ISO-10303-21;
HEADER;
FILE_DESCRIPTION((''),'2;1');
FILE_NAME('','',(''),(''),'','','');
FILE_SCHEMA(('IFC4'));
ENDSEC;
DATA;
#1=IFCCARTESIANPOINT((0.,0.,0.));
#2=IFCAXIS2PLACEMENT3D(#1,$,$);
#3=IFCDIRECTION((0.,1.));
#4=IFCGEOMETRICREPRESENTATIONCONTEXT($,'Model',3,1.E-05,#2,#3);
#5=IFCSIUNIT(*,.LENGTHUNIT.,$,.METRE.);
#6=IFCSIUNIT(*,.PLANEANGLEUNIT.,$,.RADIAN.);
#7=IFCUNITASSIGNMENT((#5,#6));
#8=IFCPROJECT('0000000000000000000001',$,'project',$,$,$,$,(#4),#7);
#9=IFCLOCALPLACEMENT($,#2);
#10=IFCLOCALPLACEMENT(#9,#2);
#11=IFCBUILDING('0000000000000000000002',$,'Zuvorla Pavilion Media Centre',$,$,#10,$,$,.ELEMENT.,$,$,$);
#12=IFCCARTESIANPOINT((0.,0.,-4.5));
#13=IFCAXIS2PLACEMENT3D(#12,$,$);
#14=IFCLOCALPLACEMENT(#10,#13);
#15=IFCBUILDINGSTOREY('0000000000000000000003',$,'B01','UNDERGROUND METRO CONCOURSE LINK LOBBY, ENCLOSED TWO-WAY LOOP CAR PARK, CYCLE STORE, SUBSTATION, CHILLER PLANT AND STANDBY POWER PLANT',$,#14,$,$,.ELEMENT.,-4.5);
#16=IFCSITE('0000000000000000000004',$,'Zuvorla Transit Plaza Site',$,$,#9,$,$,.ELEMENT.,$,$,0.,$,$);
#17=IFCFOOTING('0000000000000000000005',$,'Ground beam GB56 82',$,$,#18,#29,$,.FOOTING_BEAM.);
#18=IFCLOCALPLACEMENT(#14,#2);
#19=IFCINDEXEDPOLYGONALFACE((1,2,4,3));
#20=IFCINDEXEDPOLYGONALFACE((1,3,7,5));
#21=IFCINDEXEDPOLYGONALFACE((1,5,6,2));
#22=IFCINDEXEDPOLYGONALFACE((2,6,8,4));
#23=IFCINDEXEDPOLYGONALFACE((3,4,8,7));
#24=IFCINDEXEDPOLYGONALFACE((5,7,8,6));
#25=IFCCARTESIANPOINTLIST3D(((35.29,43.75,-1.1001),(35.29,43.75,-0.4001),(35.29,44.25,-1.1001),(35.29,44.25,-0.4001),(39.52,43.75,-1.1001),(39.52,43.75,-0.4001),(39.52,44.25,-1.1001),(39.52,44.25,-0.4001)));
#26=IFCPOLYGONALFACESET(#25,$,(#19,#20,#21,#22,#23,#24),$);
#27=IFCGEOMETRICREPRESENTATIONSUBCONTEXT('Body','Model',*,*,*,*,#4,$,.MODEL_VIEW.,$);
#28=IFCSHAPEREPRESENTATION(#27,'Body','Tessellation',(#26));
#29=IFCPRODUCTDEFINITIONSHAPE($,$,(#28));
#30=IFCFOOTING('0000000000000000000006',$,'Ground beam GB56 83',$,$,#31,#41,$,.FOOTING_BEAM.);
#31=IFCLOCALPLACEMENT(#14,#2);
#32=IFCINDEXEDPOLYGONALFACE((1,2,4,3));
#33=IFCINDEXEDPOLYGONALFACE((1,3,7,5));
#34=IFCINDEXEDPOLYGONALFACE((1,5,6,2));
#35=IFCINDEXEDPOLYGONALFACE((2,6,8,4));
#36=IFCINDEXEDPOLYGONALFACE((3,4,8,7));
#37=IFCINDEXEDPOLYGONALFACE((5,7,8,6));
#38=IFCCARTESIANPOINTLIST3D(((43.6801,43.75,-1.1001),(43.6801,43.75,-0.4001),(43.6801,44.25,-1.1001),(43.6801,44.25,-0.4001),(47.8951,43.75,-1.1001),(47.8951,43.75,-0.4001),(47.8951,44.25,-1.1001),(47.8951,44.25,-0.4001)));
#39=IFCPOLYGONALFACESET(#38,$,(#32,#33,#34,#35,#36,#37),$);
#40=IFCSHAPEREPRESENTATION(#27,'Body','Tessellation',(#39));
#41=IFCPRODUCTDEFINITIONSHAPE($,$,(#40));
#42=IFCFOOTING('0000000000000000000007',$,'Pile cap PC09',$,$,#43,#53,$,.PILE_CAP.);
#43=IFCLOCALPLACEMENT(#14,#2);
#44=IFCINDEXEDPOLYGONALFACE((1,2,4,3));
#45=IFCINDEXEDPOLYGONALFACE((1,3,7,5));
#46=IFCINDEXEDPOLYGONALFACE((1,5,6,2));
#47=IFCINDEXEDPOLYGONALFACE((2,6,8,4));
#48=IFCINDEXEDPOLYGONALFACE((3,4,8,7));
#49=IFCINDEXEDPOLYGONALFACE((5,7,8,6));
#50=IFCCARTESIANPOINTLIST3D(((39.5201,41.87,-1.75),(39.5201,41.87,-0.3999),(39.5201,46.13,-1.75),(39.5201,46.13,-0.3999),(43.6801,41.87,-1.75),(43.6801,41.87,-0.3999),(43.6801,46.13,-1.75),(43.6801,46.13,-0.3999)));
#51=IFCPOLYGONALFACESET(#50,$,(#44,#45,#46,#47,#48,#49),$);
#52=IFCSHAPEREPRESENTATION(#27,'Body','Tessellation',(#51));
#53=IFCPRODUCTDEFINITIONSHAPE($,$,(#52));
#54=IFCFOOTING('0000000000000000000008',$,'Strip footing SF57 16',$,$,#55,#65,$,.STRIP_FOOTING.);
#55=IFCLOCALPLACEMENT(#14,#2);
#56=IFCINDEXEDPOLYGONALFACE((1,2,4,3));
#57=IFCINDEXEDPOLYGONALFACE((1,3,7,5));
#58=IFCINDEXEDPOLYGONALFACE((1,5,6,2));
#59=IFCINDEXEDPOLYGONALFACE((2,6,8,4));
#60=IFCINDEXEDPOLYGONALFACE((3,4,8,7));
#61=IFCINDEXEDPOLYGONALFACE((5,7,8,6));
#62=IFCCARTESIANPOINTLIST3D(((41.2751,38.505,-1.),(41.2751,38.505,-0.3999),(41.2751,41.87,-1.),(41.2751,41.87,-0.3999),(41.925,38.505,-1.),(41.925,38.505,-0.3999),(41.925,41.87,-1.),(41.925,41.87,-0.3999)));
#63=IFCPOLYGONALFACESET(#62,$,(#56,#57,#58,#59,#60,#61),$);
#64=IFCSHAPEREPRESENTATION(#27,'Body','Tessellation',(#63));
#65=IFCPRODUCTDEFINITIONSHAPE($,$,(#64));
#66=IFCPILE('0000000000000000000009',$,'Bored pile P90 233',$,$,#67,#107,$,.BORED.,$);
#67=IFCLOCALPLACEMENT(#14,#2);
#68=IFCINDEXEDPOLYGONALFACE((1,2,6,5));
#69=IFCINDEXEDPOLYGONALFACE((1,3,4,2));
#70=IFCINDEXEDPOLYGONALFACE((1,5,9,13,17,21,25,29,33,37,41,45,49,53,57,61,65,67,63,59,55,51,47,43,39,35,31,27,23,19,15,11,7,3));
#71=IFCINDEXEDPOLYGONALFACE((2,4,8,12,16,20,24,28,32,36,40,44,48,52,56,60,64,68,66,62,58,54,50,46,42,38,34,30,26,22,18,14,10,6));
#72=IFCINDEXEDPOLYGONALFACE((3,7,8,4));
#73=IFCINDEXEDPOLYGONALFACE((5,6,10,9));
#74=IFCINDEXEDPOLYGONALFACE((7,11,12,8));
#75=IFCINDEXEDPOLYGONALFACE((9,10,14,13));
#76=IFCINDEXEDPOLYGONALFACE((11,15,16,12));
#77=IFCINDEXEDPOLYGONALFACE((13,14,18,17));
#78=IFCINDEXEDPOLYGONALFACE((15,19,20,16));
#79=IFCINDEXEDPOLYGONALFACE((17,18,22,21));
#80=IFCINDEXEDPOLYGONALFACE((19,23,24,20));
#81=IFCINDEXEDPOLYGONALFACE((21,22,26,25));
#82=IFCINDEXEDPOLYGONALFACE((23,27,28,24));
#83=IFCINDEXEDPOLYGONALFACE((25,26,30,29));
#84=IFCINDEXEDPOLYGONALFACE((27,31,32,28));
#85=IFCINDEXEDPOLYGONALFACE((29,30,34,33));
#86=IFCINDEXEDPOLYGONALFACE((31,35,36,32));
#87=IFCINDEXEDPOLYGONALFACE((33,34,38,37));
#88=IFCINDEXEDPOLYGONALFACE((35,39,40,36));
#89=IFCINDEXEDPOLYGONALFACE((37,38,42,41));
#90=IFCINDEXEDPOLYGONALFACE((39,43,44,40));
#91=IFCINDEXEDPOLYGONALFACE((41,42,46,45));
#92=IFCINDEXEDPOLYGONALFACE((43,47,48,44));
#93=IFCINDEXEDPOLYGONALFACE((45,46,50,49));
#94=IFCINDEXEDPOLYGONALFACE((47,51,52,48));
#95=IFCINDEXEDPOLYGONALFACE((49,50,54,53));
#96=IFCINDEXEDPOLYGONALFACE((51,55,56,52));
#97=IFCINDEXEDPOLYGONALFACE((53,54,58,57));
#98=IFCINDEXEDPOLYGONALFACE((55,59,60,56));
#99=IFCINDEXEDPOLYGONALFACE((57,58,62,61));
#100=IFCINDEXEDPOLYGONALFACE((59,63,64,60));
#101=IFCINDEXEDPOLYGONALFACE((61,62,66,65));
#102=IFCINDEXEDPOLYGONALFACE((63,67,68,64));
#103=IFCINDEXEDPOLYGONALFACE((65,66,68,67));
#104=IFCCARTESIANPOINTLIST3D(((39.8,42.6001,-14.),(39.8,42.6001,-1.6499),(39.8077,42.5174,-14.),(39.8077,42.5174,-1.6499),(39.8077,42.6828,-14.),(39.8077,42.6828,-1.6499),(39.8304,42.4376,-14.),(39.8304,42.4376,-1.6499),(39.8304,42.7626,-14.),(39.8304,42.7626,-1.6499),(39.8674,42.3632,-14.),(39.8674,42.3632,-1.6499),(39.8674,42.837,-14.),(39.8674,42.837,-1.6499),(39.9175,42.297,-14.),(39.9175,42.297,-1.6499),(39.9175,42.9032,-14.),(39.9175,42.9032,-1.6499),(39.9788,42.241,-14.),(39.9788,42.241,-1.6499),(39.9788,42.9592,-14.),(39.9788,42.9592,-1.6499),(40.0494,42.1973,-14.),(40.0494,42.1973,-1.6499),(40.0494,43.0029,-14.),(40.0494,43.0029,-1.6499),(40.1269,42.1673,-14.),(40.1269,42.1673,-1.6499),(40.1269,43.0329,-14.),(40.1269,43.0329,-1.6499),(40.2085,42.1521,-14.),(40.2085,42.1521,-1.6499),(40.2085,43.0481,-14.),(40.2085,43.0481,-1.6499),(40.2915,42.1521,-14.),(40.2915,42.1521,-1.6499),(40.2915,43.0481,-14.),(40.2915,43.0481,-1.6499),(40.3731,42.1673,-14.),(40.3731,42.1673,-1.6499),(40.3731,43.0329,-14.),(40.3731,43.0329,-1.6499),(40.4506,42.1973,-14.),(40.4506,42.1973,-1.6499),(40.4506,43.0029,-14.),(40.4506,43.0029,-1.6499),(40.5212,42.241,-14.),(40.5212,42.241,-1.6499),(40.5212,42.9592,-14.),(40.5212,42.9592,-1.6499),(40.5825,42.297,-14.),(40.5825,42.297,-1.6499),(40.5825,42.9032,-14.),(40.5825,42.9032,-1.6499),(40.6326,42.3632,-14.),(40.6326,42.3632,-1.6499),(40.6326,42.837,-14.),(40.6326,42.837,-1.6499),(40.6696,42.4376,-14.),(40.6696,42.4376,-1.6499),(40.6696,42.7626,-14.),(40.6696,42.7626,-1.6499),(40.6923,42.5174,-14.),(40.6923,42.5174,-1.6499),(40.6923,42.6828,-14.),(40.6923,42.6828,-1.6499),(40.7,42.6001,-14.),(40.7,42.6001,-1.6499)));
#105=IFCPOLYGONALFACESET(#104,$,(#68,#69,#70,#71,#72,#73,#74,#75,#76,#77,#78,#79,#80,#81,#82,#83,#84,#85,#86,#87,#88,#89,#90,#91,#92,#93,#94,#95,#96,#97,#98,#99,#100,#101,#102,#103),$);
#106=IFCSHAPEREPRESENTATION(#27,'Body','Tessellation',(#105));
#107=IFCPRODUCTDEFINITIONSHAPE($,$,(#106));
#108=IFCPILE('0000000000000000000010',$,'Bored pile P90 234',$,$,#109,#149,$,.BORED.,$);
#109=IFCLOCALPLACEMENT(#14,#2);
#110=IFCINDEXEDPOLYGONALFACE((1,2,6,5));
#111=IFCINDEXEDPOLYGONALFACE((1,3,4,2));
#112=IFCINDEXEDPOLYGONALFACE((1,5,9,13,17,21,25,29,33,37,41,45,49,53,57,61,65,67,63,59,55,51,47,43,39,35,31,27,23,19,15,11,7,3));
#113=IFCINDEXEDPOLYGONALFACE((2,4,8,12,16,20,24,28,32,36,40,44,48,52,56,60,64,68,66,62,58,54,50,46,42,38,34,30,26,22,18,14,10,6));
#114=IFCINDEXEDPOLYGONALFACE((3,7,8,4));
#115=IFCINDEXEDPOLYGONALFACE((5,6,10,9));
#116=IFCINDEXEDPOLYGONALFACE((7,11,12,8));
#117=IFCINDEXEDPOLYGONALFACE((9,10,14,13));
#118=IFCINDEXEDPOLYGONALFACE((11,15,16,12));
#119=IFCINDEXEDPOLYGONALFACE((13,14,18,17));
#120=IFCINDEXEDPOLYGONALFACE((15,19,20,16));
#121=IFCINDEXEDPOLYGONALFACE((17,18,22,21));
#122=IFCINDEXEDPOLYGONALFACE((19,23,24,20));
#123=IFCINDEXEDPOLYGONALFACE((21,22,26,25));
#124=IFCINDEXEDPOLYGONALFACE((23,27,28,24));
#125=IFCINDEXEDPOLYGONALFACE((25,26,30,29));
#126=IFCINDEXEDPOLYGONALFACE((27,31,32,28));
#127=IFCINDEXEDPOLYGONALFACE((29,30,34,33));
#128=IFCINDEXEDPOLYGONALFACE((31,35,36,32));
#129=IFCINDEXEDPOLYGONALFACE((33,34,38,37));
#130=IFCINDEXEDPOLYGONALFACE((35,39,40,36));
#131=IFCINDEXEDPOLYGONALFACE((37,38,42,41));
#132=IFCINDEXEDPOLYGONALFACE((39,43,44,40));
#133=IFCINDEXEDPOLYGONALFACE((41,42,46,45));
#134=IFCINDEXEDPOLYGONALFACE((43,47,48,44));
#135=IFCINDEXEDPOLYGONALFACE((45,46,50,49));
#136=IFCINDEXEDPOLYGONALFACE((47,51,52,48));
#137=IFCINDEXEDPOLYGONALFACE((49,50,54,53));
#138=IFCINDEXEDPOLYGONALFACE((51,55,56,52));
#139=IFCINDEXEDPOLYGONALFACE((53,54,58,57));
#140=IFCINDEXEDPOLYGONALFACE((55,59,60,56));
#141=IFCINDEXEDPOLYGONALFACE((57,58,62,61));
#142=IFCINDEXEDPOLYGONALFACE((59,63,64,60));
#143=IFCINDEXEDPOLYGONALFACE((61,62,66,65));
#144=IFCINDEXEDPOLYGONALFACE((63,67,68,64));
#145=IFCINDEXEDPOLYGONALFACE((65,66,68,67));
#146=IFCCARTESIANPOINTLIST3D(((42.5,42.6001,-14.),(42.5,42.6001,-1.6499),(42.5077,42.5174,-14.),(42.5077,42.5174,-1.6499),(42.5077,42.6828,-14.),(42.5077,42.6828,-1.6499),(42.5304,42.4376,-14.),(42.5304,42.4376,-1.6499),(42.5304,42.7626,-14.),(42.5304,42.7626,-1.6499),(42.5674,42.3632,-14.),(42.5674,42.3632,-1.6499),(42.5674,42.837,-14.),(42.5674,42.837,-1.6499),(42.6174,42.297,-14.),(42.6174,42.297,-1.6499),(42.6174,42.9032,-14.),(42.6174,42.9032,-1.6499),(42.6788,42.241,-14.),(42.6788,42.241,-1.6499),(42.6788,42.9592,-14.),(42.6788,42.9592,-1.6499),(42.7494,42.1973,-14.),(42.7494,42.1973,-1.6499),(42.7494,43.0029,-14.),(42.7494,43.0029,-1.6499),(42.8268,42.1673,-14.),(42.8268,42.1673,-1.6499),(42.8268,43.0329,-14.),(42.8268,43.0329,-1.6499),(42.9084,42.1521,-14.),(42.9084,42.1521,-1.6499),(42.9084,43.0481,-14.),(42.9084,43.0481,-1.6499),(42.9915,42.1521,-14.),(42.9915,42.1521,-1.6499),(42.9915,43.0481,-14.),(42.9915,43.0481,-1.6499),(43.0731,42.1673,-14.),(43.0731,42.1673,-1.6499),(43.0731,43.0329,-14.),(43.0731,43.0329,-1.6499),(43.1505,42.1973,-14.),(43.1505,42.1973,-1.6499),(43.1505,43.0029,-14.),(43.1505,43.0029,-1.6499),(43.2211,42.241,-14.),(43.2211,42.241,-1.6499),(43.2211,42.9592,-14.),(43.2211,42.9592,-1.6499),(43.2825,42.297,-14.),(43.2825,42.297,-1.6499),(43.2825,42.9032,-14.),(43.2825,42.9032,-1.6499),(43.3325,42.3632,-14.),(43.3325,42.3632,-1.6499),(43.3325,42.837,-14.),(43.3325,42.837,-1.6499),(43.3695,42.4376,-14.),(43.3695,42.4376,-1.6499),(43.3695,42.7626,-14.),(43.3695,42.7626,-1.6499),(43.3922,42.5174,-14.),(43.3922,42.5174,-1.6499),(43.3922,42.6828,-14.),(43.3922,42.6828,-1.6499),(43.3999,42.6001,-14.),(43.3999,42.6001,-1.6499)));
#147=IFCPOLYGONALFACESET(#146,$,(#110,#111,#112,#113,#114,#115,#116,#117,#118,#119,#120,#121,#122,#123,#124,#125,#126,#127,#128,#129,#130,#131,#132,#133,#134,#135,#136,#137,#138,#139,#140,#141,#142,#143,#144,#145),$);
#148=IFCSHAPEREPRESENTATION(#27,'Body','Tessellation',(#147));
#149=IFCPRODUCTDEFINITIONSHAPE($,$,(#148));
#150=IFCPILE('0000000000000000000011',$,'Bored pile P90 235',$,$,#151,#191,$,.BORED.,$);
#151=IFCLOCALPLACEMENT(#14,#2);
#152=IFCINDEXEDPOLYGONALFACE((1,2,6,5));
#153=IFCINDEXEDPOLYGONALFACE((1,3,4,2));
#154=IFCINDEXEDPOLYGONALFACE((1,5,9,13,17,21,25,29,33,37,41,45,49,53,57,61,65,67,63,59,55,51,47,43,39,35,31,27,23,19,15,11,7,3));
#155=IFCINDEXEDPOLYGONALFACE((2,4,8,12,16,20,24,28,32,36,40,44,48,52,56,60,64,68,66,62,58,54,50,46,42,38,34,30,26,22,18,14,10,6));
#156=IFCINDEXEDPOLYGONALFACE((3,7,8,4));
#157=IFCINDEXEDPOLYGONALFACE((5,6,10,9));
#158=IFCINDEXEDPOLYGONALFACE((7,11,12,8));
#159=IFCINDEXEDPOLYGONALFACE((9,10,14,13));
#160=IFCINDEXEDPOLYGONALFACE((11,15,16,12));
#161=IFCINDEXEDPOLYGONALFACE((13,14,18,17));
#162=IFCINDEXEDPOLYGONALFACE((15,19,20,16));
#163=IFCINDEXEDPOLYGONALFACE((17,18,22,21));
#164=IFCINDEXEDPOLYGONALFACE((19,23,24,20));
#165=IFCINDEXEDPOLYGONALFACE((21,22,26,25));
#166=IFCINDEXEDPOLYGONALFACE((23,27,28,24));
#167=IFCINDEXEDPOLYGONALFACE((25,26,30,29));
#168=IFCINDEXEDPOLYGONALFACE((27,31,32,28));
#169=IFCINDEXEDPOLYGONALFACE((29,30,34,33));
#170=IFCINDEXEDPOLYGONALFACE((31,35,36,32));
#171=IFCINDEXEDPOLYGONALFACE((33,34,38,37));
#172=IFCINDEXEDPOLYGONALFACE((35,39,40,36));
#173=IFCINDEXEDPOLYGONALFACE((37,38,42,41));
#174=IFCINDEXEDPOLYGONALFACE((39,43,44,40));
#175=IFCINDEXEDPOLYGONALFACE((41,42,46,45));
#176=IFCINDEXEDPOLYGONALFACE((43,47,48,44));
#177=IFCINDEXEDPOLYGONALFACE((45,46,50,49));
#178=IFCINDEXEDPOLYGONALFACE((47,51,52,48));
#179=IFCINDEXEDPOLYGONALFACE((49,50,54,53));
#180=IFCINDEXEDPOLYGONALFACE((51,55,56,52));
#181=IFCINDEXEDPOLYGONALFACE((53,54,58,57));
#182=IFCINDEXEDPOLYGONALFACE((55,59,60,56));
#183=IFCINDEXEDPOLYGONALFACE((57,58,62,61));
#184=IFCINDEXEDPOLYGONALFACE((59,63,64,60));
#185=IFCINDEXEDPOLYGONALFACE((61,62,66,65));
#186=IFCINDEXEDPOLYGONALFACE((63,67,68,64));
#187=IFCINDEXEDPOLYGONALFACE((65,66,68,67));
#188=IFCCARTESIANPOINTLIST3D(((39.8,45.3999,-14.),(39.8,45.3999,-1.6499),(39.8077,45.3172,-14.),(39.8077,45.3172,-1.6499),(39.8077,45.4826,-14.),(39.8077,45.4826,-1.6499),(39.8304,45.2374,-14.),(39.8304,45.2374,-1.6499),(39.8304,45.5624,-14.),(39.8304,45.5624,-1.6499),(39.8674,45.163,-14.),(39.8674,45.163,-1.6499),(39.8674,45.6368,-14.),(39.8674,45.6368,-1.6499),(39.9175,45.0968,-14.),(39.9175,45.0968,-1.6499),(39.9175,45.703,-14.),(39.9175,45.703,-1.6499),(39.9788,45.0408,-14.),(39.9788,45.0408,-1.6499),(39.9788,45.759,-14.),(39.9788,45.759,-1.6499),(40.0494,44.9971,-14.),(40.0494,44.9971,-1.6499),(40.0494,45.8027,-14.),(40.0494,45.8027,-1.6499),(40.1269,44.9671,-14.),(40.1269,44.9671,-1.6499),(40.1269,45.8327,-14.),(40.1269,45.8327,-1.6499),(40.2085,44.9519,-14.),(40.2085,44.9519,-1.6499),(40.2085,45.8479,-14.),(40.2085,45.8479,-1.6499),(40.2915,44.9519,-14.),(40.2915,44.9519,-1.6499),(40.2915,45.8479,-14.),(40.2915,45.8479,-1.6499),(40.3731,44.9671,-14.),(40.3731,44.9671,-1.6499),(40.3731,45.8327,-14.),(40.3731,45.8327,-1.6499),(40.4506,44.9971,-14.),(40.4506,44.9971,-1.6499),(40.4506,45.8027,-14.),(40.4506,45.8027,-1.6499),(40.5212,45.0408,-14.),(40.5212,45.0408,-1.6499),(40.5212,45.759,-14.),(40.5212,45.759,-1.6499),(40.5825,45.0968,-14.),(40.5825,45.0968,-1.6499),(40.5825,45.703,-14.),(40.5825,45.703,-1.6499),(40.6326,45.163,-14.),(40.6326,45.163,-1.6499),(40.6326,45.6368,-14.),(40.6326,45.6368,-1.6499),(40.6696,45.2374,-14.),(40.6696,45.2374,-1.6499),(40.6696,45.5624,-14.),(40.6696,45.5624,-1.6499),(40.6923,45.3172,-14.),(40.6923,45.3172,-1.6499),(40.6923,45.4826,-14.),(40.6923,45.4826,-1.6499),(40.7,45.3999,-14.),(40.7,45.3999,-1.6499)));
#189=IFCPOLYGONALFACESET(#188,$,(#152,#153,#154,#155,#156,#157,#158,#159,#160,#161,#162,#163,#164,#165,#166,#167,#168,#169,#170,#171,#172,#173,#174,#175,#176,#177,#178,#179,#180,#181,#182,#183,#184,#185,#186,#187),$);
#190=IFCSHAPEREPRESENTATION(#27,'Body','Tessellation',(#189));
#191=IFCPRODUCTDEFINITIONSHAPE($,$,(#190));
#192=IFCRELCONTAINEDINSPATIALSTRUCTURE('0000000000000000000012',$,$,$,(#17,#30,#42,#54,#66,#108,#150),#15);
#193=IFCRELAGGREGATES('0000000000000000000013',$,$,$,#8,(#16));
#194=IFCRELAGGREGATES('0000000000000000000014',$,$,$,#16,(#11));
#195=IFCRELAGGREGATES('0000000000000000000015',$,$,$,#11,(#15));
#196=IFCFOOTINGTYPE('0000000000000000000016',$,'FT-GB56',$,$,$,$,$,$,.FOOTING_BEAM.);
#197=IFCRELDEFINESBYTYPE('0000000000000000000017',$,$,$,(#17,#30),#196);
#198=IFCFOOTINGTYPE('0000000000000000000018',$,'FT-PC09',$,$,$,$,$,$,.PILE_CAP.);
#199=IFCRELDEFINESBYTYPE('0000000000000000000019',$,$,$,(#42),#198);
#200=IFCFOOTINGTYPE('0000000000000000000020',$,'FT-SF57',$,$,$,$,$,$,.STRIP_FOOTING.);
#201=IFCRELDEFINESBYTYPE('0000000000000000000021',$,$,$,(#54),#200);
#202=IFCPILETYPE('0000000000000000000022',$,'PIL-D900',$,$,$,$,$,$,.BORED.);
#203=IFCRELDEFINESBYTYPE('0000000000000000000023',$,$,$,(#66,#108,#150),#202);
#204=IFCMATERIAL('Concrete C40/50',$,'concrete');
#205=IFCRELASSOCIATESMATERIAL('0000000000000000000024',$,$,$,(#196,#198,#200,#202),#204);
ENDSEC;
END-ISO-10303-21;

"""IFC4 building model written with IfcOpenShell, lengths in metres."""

from ifc_helpers import new_model, si_unit, direction, frame, origin, origin_2d, place, context, subcontext, project, spatial, rectangle, circle, extrude, material, material_profile, profile_set, type_object, element, save


model = new_model("IFC4")

# Units and contexts
model_context = context("Model", 3, precision=1e-05, world=origin(), true_north=direction((0.0, 1.0)))
body_context = subcontext(model_context, "Body", "Model", "MODEL_VIEW")
ifc_project = project(units=[si_unit("LENGTHUNIT", "METRE"), si_unit("PLANEANGLEUNIT", "RADIAN")], contexts=[model_context])

# Site, building, storey
site_placement = place(None, origin())
site = spatial("IfcSite", under=ifc_project, at=site_placement, Name="Zuvorla Transit Plaza Site", CompositionType="ELEMENT", RefElevation=0.0)
building_placement = place(site_placement, origin())
building = spatial("IfcBuilding", under=site, at=building_placement, Name="Zuvorla Pavilion Media Centre", CompositionType="ELEMENT")
storey_placement = place(building_placement, frame((0.0, 0.0, -4.5)))
storey = spatial("IfcBuildingStorey", under=building, at=storey_placement, Name="B01", Description="UNDERGROUND METRO CONCOURSE LINK LOBBY, ENCLOSED TWO-WAY LOOP CAR PARK, CYCLE STORE, SUBSTATION, CHILLER PLANT AND STANDBY POWER PLANT", CompositionType="ELEMENT", Elevation=-4.5)

# Footings
ifc_material_1 = material(Name="Concrete C40/50", Category="concrete")
footing_type_1 = type_object("IfcFootingType", Name="FT-GB56", PredefinedType="FOOTING_BEAM", material=ifc_material_1)
footing_1_placement = place(storey_placement, frame((37.405, 44.0, -1.1001), z_axis=(0.0, 0.0, 1.0), x_axis=(1.0, 0.0, 0.0)))
element("IfcFooting", 1, at=footing_1_placement, inside=storey, type_object=footing_type_1, Name="Ground beam GB56 82", PredefinedType="FOOTING_BEAM", context=body_context, shape_type="SweptSolid", body=[
    extrude(rectangle(XDim=4.23, YDim=0.5, at=origin_2d()), origin(), (0.0, 0.0, 1.0), 0.7),
])
footing_2_placement = place(storey_placement, frame((45.7876, 44.0, -1.1001), z_axis=(0.0, 0.0, 1.0), x_axis=(1.0, 0.0, 0.0)))
element("IfcFooting", 2, at=footing_2_placement, inside=storey, type_object=footing_type_1, Name="Ground beam GB56 83", PredefinedType="FOOTING_BEAM", context=body_context, shape_type="SweptSolid", body=[
    extrude(rectangle(XDim=4.2151, YDim=0.5, at=origin_2d()), origin(), (0.0, 0.0, 1.0), 0.7),
])
footing_type_2 = type_object("IfcFootingType", Name="FT-PC09", PredefinedType="PILE_CAP", material=ifc_material_1)
footing_3_placement = place(storey_placement, frame((41.6001, 44.0, -1.75), z_axis=(0.0, 0.0, 1.0), x_axis=(1.0, 0.0, 0.0)))
element("IfcFooting", 3, at=footing_3_placement, inside=storey, type_object=footing_type_2, Name="Pile cap PC09", PredefinedType="PILE_CAP", context=body_context, shape_type="SweptSolid", body=[
    extrude(rectangle(XDim=4.1599, YDim=4.26, at=origin_2d()), origin(), (0.0, 0.0, 1.0), 1.3501),
])
footing_type_3 = type_object("IfcFootingType", Name="FT-SF57", PredefinedType="STRIP_FOOTING", material=ifc_material_1)
footing_4_placement = place(storey_placement, frame((41.6001, 40.1875, -1.0), z_axis=(0.0, 0.0, 1.0), x_axis=(0.0, 1.0, 0.0)))
element("IfcFooting", 4, at=footing_4_placement, inside=storey, type_object=footing_type_3, Name="Strip footing SF57 16", PredefinedType="STRIP_FOOTING", context=body_context, shape_type="SweptSolid", body=[
    extrude(rectangle(XDim=3.365, YDim=0.6499, at=origin_2d()), origin(), (0.0, 0.0, 1.0), 0.6001),
])

# Piles
ifc_material_profile_1 = material_profile(ifc_material_1, circle(Radius=0.45, at=origin_2d()), Name="BORED PILE 900")
ifc_profile_set_1 = profile_set([ifc_material_profile_1], Name="Concrete C40/50")
pile_type = type_object("IfcPileType", Name="PIL-D900", PredefinedType="BORED", material=ifc_profile_set_1)
for number, where, z_axis, x_axis, name in (
    (5, (40.25, 42.6001, -1.6499), (0.0, 0.0, -1.0), (1.0, 0.0, 0.0), "Bored pile P90 233"),
    (6, (42.95, 42.6001, -1.6499), (0.0, 0.0, -1.0), (1.0, 0.0, 0.0), "Bored pile P90 234"),
    (7, (40.25, 45.3999, -1.6499), (0.0, 0.0, -1.0), (1.0, 0.0, 0.0), "Bored pile P90 235"),
):
    element("IfcPile", number, at=place(storey_placement, frame(where, z_axis=z_axis, x_axis=x_axis)), inside=storey, type_object=pile_type, Name=name, PredefinedType="BORED", context=body_context, shape_type="SweptSolid", body=[
        extrude(circle(Radius=0.45, at=origin_2d()), origin(), (0.0, 0.0, 1.0), 12.3501),
    ])

save(model, "model.ifc")
